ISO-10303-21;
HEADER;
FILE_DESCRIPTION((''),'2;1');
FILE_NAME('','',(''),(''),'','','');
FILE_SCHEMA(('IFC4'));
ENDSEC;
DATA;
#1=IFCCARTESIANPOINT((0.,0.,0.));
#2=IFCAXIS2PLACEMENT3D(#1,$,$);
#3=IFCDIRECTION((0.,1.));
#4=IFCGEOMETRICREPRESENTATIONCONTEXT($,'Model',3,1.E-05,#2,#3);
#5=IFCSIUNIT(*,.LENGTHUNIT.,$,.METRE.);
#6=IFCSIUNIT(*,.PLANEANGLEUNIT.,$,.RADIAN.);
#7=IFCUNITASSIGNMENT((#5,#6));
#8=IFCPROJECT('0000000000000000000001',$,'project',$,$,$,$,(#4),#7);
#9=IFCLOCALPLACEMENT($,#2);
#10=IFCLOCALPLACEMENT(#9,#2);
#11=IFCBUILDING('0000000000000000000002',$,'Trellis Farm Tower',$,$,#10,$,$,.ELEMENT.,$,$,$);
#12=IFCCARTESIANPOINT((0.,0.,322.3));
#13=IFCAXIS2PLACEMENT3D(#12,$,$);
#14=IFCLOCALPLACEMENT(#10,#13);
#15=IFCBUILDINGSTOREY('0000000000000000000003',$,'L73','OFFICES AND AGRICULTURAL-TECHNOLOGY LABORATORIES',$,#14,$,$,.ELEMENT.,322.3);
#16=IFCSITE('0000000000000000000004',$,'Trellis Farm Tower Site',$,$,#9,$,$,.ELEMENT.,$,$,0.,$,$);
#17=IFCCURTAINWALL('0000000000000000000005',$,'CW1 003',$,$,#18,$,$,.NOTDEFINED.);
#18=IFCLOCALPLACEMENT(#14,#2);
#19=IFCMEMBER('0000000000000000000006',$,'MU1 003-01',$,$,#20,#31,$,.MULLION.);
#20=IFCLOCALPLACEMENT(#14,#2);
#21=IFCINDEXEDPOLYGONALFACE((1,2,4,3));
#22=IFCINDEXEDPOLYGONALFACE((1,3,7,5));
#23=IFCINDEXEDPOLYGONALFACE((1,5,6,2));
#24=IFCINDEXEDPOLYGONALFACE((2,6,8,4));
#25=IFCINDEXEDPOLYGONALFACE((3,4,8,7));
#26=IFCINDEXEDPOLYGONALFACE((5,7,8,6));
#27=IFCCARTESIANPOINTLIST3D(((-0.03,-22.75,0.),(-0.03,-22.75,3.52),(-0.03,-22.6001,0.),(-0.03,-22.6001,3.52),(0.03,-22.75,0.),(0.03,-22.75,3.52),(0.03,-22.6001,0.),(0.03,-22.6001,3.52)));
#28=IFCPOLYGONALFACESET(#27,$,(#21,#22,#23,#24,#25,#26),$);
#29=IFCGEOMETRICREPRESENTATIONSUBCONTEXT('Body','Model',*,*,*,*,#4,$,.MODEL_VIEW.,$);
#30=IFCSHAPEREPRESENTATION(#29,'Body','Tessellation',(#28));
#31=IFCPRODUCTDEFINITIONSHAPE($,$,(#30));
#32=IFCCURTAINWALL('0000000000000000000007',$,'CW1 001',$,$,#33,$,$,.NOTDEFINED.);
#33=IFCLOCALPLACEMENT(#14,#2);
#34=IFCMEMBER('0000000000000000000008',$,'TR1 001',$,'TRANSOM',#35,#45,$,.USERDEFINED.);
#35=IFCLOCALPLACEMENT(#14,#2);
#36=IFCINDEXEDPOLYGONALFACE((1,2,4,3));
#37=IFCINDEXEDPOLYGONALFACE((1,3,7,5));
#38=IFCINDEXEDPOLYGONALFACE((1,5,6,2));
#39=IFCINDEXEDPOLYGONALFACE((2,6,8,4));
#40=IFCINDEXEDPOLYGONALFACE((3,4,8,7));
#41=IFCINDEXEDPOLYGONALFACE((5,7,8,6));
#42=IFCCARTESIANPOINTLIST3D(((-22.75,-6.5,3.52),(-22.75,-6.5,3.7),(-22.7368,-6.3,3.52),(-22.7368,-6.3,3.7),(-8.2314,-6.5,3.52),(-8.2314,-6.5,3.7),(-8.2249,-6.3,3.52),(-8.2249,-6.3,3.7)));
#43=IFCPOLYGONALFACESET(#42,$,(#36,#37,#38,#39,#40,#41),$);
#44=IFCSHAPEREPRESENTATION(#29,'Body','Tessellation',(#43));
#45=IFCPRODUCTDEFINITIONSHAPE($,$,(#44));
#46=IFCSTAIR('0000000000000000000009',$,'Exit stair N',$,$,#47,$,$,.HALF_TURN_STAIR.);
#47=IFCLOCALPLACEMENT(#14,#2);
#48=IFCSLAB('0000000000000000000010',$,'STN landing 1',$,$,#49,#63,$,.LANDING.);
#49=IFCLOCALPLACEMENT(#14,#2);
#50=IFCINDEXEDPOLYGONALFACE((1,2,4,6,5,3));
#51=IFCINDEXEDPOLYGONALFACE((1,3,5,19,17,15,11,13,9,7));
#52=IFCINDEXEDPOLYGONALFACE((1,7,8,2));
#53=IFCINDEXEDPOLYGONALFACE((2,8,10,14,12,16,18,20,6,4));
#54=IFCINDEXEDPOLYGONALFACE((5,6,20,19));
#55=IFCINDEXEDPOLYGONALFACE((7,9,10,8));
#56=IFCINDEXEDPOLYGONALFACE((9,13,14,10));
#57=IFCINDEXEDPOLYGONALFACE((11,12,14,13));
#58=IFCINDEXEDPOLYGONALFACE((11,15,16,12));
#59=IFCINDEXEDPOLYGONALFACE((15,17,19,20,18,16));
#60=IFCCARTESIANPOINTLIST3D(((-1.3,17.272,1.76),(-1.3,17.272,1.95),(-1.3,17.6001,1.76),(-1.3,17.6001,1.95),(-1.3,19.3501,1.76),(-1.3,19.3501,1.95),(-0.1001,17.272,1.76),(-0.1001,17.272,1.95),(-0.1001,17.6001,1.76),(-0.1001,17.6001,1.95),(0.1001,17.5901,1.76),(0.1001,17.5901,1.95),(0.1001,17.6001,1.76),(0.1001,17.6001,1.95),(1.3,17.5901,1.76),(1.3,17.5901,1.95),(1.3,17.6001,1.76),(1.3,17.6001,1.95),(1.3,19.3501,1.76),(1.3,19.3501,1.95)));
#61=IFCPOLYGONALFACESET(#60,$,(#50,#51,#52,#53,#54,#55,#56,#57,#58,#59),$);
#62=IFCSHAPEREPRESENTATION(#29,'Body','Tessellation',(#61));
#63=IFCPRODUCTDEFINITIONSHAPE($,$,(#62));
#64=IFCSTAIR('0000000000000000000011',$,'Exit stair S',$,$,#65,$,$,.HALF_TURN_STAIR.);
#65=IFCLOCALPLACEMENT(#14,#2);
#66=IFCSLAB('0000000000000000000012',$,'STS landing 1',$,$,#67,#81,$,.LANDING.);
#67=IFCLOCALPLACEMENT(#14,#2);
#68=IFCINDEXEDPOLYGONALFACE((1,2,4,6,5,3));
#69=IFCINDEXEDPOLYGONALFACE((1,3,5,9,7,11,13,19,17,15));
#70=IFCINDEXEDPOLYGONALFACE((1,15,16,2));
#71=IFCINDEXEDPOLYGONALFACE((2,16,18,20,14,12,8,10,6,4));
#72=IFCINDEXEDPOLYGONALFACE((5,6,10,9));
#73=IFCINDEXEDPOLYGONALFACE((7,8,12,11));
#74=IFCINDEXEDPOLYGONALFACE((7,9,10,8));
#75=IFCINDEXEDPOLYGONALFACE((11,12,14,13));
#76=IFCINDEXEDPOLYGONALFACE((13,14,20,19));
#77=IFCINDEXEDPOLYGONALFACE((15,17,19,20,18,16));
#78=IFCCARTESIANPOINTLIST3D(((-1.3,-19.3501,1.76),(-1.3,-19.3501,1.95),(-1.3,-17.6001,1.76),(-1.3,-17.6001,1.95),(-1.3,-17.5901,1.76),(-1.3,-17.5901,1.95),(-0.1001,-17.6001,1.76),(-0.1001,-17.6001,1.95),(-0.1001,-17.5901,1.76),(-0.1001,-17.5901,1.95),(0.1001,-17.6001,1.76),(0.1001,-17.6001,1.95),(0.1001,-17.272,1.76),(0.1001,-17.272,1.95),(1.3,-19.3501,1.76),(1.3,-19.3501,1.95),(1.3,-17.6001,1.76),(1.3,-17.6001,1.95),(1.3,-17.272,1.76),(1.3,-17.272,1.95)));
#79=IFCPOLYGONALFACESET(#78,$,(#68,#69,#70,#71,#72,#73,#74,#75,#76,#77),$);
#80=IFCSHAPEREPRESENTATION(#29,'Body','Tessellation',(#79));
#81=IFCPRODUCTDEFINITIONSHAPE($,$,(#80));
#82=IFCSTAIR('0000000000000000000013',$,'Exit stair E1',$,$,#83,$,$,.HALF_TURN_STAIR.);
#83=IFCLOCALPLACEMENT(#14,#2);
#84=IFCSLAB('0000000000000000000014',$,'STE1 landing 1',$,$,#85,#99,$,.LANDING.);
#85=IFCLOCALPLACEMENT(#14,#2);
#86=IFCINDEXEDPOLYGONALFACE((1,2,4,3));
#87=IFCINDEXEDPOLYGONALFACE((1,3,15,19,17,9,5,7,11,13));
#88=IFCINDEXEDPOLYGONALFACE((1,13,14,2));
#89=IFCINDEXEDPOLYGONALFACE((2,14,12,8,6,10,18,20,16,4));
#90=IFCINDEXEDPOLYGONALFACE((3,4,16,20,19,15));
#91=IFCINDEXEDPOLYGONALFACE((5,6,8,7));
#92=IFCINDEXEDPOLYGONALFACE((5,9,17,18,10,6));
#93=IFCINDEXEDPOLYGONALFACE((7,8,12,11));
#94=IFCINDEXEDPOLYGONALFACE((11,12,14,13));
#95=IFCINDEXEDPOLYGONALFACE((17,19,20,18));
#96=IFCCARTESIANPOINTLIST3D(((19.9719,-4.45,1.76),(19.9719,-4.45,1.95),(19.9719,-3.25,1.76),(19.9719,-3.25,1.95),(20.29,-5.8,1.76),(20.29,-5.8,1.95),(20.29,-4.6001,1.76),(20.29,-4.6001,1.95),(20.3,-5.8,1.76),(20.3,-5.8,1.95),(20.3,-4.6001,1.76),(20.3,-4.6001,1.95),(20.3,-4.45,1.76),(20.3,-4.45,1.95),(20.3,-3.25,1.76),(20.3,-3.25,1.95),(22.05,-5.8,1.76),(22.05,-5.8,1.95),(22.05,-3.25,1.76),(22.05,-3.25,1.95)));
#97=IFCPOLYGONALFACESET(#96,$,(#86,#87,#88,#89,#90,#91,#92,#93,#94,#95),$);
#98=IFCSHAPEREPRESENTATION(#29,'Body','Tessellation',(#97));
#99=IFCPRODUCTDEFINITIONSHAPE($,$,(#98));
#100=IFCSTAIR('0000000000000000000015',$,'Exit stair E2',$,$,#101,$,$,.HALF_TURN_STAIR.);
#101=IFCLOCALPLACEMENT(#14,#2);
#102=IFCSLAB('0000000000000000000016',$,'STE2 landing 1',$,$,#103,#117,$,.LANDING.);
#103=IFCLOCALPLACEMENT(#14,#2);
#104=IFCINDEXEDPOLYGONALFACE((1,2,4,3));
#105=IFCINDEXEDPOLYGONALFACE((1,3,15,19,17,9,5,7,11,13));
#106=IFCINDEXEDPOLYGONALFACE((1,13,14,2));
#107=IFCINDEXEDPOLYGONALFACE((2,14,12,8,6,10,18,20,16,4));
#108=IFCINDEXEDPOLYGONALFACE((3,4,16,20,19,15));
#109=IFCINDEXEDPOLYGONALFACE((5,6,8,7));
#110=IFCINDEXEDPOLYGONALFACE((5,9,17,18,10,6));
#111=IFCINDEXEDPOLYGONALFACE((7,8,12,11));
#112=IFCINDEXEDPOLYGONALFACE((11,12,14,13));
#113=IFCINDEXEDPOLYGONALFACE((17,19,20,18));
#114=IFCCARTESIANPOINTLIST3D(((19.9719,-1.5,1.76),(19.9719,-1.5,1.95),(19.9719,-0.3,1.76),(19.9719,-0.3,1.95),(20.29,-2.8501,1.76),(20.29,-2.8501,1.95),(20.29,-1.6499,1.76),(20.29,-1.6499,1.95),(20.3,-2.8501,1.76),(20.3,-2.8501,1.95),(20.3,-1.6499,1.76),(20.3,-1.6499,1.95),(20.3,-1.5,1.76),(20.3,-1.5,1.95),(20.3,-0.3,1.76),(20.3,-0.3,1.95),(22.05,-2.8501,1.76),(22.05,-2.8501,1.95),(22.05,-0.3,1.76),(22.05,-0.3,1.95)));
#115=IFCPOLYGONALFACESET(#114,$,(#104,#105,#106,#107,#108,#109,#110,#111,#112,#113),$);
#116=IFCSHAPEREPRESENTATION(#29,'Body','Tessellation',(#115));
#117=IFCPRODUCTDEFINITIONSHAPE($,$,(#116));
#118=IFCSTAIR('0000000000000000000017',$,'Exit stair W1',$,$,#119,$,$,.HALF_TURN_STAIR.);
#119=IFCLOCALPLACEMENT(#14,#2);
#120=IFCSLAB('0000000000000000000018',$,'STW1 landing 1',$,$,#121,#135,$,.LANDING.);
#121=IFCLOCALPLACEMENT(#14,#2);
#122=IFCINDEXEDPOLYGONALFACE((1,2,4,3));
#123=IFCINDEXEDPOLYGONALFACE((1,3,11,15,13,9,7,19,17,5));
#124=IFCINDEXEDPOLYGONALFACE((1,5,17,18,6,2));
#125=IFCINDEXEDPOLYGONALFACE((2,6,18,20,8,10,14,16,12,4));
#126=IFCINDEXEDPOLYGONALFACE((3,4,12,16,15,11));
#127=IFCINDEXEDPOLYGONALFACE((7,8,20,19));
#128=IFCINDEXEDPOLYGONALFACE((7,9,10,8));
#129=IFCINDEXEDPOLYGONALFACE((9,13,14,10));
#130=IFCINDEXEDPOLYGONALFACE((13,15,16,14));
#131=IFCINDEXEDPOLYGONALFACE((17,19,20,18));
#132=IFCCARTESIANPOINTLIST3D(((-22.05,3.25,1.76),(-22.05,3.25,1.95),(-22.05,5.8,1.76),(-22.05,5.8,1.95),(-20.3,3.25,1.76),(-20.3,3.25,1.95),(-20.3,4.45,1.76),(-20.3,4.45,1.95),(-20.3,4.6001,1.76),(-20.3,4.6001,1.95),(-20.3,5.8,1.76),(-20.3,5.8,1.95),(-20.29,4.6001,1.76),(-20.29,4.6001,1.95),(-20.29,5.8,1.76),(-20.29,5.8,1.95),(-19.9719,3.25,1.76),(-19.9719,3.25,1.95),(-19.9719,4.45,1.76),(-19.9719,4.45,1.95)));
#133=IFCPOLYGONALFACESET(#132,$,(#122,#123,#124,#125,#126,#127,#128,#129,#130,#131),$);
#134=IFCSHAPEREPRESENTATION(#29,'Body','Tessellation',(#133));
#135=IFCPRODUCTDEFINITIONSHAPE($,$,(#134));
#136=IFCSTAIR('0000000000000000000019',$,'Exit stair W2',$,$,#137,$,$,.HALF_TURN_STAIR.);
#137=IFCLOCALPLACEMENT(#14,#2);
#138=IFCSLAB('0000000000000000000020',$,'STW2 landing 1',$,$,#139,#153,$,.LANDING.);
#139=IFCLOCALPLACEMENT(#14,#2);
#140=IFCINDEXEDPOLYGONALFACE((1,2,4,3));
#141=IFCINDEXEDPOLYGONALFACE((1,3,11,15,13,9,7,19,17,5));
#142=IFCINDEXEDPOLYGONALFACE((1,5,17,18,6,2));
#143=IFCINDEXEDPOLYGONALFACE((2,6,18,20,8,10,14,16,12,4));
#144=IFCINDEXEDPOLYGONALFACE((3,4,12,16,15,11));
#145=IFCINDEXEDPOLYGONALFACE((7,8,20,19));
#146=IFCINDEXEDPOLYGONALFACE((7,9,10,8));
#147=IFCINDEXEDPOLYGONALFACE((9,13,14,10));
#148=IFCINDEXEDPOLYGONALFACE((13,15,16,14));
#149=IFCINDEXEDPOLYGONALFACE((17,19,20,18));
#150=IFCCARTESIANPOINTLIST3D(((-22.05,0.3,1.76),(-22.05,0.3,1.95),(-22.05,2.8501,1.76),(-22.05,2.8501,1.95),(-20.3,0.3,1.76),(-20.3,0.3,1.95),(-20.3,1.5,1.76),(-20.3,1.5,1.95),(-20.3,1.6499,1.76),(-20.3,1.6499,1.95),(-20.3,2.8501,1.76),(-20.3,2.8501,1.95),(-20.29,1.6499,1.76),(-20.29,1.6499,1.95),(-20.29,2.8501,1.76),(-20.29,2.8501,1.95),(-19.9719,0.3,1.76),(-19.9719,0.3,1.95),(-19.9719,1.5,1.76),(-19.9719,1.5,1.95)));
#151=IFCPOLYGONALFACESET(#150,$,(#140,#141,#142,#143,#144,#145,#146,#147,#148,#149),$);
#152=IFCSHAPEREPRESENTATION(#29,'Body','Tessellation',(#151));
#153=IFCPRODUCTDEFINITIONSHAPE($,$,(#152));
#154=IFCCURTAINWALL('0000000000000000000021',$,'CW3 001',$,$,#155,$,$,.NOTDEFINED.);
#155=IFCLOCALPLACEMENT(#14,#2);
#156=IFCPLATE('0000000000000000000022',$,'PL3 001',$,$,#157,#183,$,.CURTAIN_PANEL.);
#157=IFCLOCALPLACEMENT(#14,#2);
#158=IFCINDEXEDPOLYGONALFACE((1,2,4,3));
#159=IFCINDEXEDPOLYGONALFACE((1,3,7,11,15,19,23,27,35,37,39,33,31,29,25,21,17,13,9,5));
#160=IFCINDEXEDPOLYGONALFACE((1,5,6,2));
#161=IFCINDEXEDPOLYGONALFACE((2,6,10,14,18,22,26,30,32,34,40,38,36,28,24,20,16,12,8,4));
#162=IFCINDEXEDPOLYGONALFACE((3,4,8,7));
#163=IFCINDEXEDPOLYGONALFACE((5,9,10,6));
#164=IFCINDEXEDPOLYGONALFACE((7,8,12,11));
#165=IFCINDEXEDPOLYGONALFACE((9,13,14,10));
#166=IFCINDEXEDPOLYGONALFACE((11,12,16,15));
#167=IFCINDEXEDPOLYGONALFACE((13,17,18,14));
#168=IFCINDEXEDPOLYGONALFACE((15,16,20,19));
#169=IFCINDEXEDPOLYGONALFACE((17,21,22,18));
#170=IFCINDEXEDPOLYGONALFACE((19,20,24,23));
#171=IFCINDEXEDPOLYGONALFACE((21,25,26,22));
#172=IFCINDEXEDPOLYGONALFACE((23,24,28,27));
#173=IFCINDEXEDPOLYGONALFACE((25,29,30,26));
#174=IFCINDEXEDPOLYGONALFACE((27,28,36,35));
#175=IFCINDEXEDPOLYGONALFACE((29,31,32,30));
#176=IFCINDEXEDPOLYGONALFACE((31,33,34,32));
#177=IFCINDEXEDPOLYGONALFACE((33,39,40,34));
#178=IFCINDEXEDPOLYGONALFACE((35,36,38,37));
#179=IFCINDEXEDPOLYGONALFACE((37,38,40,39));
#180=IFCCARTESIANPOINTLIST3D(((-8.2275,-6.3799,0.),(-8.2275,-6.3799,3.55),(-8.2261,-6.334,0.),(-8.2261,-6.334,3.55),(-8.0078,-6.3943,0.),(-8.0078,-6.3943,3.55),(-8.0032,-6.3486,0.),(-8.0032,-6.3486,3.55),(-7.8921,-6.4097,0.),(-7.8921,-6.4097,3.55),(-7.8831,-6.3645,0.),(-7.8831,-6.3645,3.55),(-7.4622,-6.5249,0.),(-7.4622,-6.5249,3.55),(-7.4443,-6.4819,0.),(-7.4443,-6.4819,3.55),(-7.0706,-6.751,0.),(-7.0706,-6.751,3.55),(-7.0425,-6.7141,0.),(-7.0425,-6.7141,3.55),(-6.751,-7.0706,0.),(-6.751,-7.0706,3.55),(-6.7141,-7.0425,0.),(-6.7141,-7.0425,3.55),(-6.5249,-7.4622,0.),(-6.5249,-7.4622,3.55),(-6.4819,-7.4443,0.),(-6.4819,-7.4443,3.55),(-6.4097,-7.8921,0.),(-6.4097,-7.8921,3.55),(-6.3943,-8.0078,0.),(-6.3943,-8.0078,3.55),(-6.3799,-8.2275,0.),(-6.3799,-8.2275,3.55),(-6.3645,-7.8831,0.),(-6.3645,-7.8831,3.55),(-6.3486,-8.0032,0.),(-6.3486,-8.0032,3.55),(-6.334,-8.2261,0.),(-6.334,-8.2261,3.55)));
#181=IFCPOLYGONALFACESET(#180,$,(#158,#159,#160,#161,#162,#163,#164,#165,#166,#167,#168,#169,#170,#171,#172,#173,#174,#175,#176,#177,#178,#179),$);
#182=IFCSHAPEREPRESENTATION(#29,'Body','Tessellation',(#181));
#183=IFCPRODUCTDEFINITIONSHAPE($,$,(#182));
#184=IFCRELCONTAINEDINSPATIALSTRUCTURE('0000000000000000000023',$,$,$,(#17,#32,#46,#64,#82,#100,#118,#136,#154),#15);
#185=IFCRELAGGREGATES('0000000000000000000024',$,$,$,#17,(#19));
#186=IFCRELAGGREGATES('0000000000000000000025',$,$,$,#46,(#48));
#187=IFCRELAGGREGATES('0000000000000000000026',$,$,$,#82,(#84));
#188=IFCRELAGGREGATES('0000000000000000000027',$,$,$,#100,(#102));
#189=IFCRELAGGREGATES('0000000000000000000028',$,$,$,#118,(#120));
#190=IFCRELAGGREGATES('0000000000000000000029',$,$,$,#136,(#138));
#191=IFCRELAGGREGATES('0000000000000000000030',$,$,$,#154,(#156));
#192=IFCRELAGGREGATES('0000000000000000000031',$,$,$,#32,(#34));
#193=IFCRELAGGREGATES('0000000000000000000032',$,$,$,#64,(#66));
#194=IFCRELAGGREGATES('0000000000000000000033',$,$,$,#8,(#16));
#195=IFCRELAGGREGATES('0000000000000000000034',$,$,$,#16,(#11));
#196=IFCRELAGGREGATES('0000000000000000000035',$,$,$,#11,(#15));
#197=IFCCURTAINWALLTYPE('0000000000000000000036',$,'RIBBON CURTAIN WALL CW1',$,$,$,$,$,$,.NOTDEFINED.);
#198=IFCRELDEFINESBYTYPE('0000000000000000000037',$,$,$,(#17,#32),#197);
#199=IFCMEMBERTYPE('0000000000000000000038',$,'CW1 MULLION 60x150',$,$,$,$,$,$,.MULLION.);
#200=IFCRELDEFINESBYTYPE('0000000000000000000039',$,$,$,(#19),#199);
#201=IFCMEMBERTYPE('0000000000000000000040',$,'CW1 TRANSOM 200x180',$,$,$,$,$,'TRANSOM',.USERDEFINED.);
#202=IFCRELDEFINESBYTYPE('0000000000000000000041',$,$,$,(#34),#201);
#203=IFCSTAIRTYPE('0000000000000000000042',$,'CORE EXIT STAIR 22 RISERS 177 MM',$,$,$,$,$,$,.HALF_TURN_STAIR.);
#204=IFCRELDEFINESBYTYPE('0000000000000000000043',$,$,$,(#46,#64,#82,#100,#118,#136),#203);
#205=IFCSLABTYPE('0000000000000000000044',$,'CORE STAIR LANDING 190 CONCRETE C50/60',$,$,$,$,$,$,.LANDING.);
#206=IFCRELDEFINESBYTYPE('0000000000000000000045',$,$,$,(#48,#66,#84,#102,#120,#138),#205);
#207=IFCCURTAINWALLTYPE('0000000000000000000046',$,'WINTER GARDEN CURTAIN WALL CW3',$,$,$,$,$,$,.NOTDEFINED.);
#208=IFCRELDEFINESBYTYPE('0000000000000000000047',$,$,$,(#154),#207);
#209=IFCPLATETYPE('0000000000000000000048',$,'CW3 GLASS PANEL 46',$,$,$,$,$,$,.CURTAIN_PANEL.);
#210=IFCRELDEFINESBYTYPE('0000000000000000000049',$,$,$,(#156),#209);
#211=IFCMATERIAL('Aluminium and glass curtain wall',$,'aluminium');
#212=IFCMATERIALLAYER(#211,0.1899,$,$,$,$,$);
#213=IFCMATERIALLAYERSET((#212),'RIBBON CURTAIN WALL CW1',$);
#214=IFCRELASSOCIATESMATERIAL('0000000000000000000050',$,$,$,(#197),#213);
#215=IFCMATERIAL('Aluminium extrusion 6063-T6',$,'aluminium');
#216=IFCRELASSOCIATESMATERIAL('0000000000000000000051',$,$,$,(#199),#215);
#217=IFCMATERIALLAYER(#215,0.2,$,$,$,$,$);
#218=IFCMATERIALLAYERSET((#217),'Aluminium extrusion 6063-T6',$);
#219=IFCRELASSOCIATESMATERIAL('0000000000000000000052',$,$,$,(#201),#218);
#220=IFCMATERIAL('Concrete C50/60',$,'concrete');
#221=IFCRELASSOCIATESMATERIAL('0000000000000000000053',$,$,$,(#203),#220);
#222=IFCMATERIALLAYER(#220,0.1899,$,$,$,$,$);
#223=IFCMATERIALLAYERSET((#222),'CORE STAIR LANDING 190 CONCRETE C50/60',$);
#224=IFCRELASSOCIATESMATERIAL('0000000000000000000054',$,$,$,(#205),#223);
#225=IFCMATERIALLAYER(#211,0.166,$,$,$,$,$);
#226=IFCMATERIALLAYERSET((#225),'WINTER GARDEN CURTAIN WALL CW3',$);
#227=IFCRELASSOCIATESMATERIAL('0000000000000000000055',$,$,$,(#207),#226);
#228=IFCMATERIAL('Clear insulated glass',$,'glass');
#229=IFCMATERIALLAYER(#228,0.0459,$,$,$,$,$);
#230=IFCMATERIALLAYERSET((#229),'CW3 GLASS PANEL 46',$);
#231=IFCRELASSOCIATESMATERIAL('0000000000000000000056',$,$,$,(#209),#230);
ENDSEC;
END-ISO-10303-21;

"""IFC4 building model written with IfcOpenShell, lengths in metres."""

from ifc_helpers import new_model, si_unit, direction, frame, origin, origin_2d, place, context, subcontext, project, spatial, polyline, rectangle, outline, extrude, source, transform, mapped, material, layer, layer_set, material_profile, profile_set, type_object, element, aggregate, save


model = new_model("IFC4")

# Units and contexts
model_context = context("Model", 3, precision=1e-05, world=origin(), true_north=direction((0.0, 1.0)))
body_context = subcontext(model_context, "Body", "Model", "MODEL_VIEW")
ifc_project = project(units=[si_unit("LENGTHUNIT", "METRE"), si_unit("PLANEANGLEUNIT", "RADIAN")], contexts=[model_context])

# Site, building, storey
site_placement = place(None, origin())
site = spatial("IfcSite", under=ifc_project, at=site_placement, Name="Trellis Farm Tower Site", CompositionType="ELEMENT", RefElevation=0.0)
building_placement = place(site_placement, origin())
building = spatial("IfcBuilding", under=site, at=building_placement, Name="Trellis Farm Tower", CompositionType="ELEMENT")
storey_placement = place(building_placement, frame((0.0, 0.0, 322.3)))
storey = spatial("IfcBuildingStorey", under=building, at=storey_placement, Name="L73", Description="OFFICES AND AGRICULTURAL-TECHNOLOGY LABORATORIES", CompositionType="ELEMENT", Elevation=322.3)

# Curtain walls, members
ifc_material_1 = material(Name="Aluminium and glass curtain wall", Category="aluminium")
ifc_layer_1 = layer(ifc_material_1, 0.1899)
ifc_layer_set_1 = layer_set([ifc_layer_1], Name="RIBBON CURTAIN WALL CW1")
curtain_wall_type_1 = type_object("IfcCurtainWallType", Name="RIBBON CURTAIN WALL CW1", PredefinedType="NOTDEFINED", material=ifc_layer_set_1)
placement_1 = place(storey_placement, origin())
curtain_wall_1 = element("IfcCurtainWall", 1, at=placement_1, inside=storey, type_object=curtain_wall_type_1, Name="CW1 003", PredefinedType="NOTDEFINED")
ifc_material_2 = material(Name="Aluminium extrusion 6063-T6", Category="aluminium")
ifc_material_profile_1 = material_profile(ifc_material_2, rectangle(XDim=0.0601, YDim=0.1499, at=origin_2d()), Name="MULLION 60x150")
ifc_profile_set_1 = profile_set([ifc_material_profile_1], Name="Aluminium extrusion 6063-T6")
member_type_1 = type_object("IfcMemberType", Name="CW1 MULLION 60x150", PredefinedType="MULLION", material=ifc_profile_set_1)
shared_shape_1 = source(origin(), body_context, "Body", "SweptSolid", [
    extrude(rectangle(XDim=0.0601, YDim=0.1499, at=origin_2d()), origin(), (0.0, 0.0, 1.0), 3.52),
])
member_1_placement = place(storey_placement, frame((0.0, -22.675, 0.0), z_axis=(0.0, 0.0, 1.0), x_axis=(1.0, 0.0, 0.0)))
member_1 = element("IfcMember", 2, at=member_1_placement, type_object=member_type_1, Name="MU1 003-01", PredefinedType="MULLION", context=body_context, shape_type="MappedRepresentation", body=[
    mapped(shared_shape_1, transform((0.0, 0.0, 0.0))),
])
aggregate(curtain_wall_1, [member_1])
curtain_wall_2 = element("IfcCurtainWall", 3, at=placement_1, inside=storey, type_object=curtain_wall_type_1, Name="CW1 001", PredefinedType="NOTDEFINED")
ifc_layer_2 = layer(ifc_material_2, 0.2)
ifc_layer_set_2 = layer_set([ifc_layer_2], Name="Aluminium extrusion 6063-T6")
member_type_2 = type_object("IfcMemberType", Name="CW1 TRANSOM 200x180", ElementType="TRANSOM", PredefinedType="USERDEFINED", material=ifc_layer_set_2)
shared_shape_2 = source(origin(), body_context, "Body", "SweptSolid", [
    extrude(outline(polyline([(-22.75, -6.5), (-8.2314, -6.5), (-8.2249, -6.3), (-22.7368, -6.3), (-22.75, -6.5)])), origin(), (0.0, 0.0, 1.0), 0.1799),
])
member_2_placement = place(storey_placement, frame((0.0, 0.0, 3.52)))
member_2 = element("IfcMember", 4, at=member_2_placement, type_object=member_type_2, Name="TR1 001", ObjectType="TRANSOM", PredefinedType="USERDEFINED", context=body_context, shape_type="MappedRepresentation", body=[
    mapped(shared_shape_2, transform((0.0, 0.0, 0.0))),
])

# Stairs, slabs
ifc_material_3 = material(Name="Concrete C50/60", Category="concrete")
stair_type = type_object("IfcStairType", Name="CORE EXIT STAIR 22 RISERS 177 MM", PredefinedType="HALF_TURN_STAIR", material=ifc_material_3)
stair_1 = element("IfcStair", 5, at=placement_1, inside=storey, type_object=stair_type, Name="Exit stair N", PredefinedType="HALF_TURN_STAIR")
ifc_layer_3 = layer(ifc_material_3, 0.1899)
ifc_layer_set_3 = layer_set([ifc_layer_3], Name="CORE STAIR LANDING 190 CONCRETE C50/60")
slab_type_1 = type_object("IfcSlabType", Name="CORE STAIR LANDING 190 CONCRETE C50/60", PredefinedType="LANDING", material=ifc_layer_set_3)
shared_shape_3 = source(origin(), body_context, "Body", "SweptSolid", [
    extrude(outline(polyline([(-0.1001, 17.272), (-1.3, 17.272), (-1.3, 17.6001), (-1.3, 19.3501), (1.3, 19.3501), (1.3, 17.6001), (1.3, 17.5901), (0.1001, 17.5901), (0.1001, 17.6001), (-0.1001, 17.6001), (-0.1001, 17.272)])), origin(), (0.0, 0.0, 1.0), 0.1899),
])
placement_2 = place(storey_placement, frame((0.0, 0.0, 1.76)))
slab_1 = element("IfcSlab", 6, at=placement_2, type_object=slab_type_1, Name="STN landing 1", PredefinedType="LANDING", context=body_context, shape_type="MappedRepresentation", body=[
    mapped(shared_shape_3, transform((0.0, 0.0, 0.0))),
])
aggregate(stair_1, [slab_1])
stair_2 = element("IfcStair", 7, at=placement_1, inside=storey, type_object=stair_type, Name="Exit stair S", PredefinedType="HALF_TURN_STAIR")
shared_shape_4 = source(origin(), body_context, "Body", "SweptSolid", [
    extrude(outline(polyline([(1.3, -19.3501), (-1.3, -19.3501), (-1.3, -17.6001), (-1.3, -17.5901), (-0.1001, -17.5901), (-0.1001, -17.6001), (0.1001, -17.6001), (0.1001, -17.272), (1.3, -17.272), (1.3, -17.6001), (1.3, -19.3501)])), origin(), (0.0, 0.0, 1.0), 0.1899),
])
slab_2 = element("IfcSlab", 8, at=placement_2, type_object=slab_type_1, Name="STS landing 1", PredefinedType="LANDING", context=body_context, shape_type="MappedRepresentation", body=[
    mapped(shared_shape_4, transform((0.0, 0.0, 0.0))),
])
stair_3 = element("IfcStair", 9, at=placement_1, inside=storey, type_object=stair_type, Name="Exit stair E1", PredefinedType="HALF_TURN_STAIR")
shared_shape_5 = source(origin(), body_context, "Body", "SweptSolid", [
    extrude(outline(polyline([(20.29, -5.8), (20.29, -4.6001), (20.3, -4.6001), (20.3, -4.45), (19.9719, -4.45), (19.9719, -3.25), (20.3, -3.25), (22.05, -3.25), (22.05, -5.8), (20.3, -5.8), (20.29, -5.8)])), origin(), (0.0, 0.0, 1.0), 0.1899),
])
slab_3 = element("IfcSlab", 10, at=placement_2, type_object=slab_type_1, Name="STE1 landing 1", PredefinedType="LANDING", context=body_context, shape_type="MappedRepresentation", body=[
    mapped(shared_shape_5, transform((0.0, 0.0, 0.0))),
])
aggregate(stair_3, [slab_3])
stair_4 = element("IfcStair", 11, at=placement_1, inside=storey, type_object=stair_type, Name="Exit stair E2", PredefinedType="HALF_TURN_STAIR")
shared_shape_6 = source(origin(), body_context, "Body", "SweptSolid", [
    extrude(outline(polyline([(20.29, -2.8501), (20.29, -1.6499), (20.3, -1.6499), (20.3, -1.5), (19.9719, -1.5), (19.9719, -0.3), (20.3, -0.3), (22.05, -0.3), (22.05, -2.8501), (20.3, -2.8501), (20.29, -2.8501)])), origin(), (0.0, 0.0, 1.0), 0.1899),
])
slab_4 = element("IfcSlab", 12, at=placement_2, type_object=slab_type_1, Name="STE2 landing 1", PredefinedType="LANDING", context=body_context, shape_type="MappedRepresentation", body=[
    mapped(shared_shape_6, transform((0.0, 0.0, 0.0))),
])
aggregate(stair_4, [slab_4])
stair_5 = element("IfcStair", 13, at=placement_1, inside=storey, type_object=stair_type, Name="Exit stair W1", PredefinedType="HALF_TURN_STAIR")
shared_shape_7 = source(origin(), body_context, "Body", "SweptSolid", [
    extrude(outline(polyline([(-19.9719, 4.45), (-19.9719, 3.25), (-20.3, 3.25), (-22.05, 3.25), (-22.05, 5.8), (-20.3, 5.8), (-20.29, 5.8), (-20.29, 4.6001), (-20.3, 4.6001), (-20.3, 4.45), (-19.9719, 4.45)])), origin(), (0.0, 0.0, 1.0), 0.1899),
])
slab_5 = element("IfcSlab", 14, at=placement_2, type_object=slab_type_1, Name="STW1 landing 1", PredefinedType="LANDING", context=body_context, shape_type="MappedRepresentation", body=[
    mapped(shared_shape_7, transform((0.0, 0.0, 0.0))),
])
aggregate(stair_5, [slab_5])
stair_6 = element("IfcStair", 15, at=placement_1, inside=storey, type_object=stair_type, Name="Exit stair W2", PredefinedType="HALF_TURN_STAIR")
shared_shape_8 = source(origin(), body_context, "Body", "SweptSolid", [
    extrude(outline(polyline([(-19.9719, 1.5), (-19.9719, 0.3), (-20.3, 0.3), (-22.05, 0.3), (-22.05, 2.8501), (-20.3, 2.8501), (-20.29, 2.8501), (-20.29, 1.6499), (-20.3, 1.6499), (-20.3, 1.5), (-19.9719, 1.5)])), origin(), (0.0, 0.0, 1.0), 0.1899),
])
slab_6 = element("IfcSlab", 16, at=placement_2, type_object=slab_type_1, Name="STW2 landing 1", PredefinedType="LANDING", context=body_context, shape_type="MappedRepresentation", body=[
    mapped(shared_shape_8, transform((0.0, 0.0, 0.0))),
])
aggregate(stair_6, [slab_6])

# Curtain wall, plate
ifc_layer_4 = layer(ifc_material_1, 0.166)
ifc_layer_set_4 = layer_set([ifc_layer_4], Name="WINTER GARDEN CURTAIN WALL CW3")
curtain_wall_type_2 = type_object("IfcCurtainWallType", Name="WINTER GARDEN CURTAIN WALL CW3", PredefinedType="NOTDEFINED", material=ifc_layer_set_4)
curtain_wall_3 = element("IfcCurtainWall", 17, at=placement_1, inside=storey, type_object=curtain_wall_type_2, Name="CW3 001", PredefinedType="NOTDEFINED")
ifc_material_4 = material(Name="Clear insulated glass", Category="glass")
ifc_layer_5 = layer(ifc_material_4, 0.0459)
ifc_layer_set_5 = layer_set([ifc_layer_5], Name="CW3 GLASS PANEL 46")
plate_type_1 = type_object("IfcPlateType", Name="CW3 GLASS PANEL 46", PredefinedType="CURTAIN_PANEL", material=ifc_layer_set_5)
shared_shape_9 = source(origin(), body_context, "Body", "SweptSolid", [
    extrude(outline(polyline([(-8.2275, -6.3799), (-8.0078, -6.3943), (-7.8921, -6.4097), (-7.4622, -6.5249), (-7.0706, -6.751), (-6.751, -7.0706), (-6.5249, -7.4622), (-6.4097, -7.8921), (-6.3943, -8.0078), (-6.3799, -8.2275), (-6.334, -8.2261), (-6.3486, -8.0032), (-6.3645, -7.8831), (-6.4819, -7.4443), (-6.7141, -7.0425), (-7.0425, -6.7141), (-7.4443, -6.4819), (-7.8831, -6.3645), (-8.0032, -6.3486), (-8.2261, -6.334), (-8.2275, -6.3799)])), origin(), (0.0, 0.0, 1.0), 3.55),
])
plate_1 = element("IfcPlate", 18, at=placement_1, type_object=plate_type_1, Name="PL3 001", PredefinedType="CURTAIN_PANEL", context=body_context, shape_type="MappedRepresentation", body=[
    mapped(shared_shape_9, transform((0.0, 0.0, 0.0))),
])
aggregate(curtain_wall_3, [plate_1])

aggregate(curtain_wall_2, [member_2])

aggregate(stair_2, [slab_2])

save(model, "model.ifc")
